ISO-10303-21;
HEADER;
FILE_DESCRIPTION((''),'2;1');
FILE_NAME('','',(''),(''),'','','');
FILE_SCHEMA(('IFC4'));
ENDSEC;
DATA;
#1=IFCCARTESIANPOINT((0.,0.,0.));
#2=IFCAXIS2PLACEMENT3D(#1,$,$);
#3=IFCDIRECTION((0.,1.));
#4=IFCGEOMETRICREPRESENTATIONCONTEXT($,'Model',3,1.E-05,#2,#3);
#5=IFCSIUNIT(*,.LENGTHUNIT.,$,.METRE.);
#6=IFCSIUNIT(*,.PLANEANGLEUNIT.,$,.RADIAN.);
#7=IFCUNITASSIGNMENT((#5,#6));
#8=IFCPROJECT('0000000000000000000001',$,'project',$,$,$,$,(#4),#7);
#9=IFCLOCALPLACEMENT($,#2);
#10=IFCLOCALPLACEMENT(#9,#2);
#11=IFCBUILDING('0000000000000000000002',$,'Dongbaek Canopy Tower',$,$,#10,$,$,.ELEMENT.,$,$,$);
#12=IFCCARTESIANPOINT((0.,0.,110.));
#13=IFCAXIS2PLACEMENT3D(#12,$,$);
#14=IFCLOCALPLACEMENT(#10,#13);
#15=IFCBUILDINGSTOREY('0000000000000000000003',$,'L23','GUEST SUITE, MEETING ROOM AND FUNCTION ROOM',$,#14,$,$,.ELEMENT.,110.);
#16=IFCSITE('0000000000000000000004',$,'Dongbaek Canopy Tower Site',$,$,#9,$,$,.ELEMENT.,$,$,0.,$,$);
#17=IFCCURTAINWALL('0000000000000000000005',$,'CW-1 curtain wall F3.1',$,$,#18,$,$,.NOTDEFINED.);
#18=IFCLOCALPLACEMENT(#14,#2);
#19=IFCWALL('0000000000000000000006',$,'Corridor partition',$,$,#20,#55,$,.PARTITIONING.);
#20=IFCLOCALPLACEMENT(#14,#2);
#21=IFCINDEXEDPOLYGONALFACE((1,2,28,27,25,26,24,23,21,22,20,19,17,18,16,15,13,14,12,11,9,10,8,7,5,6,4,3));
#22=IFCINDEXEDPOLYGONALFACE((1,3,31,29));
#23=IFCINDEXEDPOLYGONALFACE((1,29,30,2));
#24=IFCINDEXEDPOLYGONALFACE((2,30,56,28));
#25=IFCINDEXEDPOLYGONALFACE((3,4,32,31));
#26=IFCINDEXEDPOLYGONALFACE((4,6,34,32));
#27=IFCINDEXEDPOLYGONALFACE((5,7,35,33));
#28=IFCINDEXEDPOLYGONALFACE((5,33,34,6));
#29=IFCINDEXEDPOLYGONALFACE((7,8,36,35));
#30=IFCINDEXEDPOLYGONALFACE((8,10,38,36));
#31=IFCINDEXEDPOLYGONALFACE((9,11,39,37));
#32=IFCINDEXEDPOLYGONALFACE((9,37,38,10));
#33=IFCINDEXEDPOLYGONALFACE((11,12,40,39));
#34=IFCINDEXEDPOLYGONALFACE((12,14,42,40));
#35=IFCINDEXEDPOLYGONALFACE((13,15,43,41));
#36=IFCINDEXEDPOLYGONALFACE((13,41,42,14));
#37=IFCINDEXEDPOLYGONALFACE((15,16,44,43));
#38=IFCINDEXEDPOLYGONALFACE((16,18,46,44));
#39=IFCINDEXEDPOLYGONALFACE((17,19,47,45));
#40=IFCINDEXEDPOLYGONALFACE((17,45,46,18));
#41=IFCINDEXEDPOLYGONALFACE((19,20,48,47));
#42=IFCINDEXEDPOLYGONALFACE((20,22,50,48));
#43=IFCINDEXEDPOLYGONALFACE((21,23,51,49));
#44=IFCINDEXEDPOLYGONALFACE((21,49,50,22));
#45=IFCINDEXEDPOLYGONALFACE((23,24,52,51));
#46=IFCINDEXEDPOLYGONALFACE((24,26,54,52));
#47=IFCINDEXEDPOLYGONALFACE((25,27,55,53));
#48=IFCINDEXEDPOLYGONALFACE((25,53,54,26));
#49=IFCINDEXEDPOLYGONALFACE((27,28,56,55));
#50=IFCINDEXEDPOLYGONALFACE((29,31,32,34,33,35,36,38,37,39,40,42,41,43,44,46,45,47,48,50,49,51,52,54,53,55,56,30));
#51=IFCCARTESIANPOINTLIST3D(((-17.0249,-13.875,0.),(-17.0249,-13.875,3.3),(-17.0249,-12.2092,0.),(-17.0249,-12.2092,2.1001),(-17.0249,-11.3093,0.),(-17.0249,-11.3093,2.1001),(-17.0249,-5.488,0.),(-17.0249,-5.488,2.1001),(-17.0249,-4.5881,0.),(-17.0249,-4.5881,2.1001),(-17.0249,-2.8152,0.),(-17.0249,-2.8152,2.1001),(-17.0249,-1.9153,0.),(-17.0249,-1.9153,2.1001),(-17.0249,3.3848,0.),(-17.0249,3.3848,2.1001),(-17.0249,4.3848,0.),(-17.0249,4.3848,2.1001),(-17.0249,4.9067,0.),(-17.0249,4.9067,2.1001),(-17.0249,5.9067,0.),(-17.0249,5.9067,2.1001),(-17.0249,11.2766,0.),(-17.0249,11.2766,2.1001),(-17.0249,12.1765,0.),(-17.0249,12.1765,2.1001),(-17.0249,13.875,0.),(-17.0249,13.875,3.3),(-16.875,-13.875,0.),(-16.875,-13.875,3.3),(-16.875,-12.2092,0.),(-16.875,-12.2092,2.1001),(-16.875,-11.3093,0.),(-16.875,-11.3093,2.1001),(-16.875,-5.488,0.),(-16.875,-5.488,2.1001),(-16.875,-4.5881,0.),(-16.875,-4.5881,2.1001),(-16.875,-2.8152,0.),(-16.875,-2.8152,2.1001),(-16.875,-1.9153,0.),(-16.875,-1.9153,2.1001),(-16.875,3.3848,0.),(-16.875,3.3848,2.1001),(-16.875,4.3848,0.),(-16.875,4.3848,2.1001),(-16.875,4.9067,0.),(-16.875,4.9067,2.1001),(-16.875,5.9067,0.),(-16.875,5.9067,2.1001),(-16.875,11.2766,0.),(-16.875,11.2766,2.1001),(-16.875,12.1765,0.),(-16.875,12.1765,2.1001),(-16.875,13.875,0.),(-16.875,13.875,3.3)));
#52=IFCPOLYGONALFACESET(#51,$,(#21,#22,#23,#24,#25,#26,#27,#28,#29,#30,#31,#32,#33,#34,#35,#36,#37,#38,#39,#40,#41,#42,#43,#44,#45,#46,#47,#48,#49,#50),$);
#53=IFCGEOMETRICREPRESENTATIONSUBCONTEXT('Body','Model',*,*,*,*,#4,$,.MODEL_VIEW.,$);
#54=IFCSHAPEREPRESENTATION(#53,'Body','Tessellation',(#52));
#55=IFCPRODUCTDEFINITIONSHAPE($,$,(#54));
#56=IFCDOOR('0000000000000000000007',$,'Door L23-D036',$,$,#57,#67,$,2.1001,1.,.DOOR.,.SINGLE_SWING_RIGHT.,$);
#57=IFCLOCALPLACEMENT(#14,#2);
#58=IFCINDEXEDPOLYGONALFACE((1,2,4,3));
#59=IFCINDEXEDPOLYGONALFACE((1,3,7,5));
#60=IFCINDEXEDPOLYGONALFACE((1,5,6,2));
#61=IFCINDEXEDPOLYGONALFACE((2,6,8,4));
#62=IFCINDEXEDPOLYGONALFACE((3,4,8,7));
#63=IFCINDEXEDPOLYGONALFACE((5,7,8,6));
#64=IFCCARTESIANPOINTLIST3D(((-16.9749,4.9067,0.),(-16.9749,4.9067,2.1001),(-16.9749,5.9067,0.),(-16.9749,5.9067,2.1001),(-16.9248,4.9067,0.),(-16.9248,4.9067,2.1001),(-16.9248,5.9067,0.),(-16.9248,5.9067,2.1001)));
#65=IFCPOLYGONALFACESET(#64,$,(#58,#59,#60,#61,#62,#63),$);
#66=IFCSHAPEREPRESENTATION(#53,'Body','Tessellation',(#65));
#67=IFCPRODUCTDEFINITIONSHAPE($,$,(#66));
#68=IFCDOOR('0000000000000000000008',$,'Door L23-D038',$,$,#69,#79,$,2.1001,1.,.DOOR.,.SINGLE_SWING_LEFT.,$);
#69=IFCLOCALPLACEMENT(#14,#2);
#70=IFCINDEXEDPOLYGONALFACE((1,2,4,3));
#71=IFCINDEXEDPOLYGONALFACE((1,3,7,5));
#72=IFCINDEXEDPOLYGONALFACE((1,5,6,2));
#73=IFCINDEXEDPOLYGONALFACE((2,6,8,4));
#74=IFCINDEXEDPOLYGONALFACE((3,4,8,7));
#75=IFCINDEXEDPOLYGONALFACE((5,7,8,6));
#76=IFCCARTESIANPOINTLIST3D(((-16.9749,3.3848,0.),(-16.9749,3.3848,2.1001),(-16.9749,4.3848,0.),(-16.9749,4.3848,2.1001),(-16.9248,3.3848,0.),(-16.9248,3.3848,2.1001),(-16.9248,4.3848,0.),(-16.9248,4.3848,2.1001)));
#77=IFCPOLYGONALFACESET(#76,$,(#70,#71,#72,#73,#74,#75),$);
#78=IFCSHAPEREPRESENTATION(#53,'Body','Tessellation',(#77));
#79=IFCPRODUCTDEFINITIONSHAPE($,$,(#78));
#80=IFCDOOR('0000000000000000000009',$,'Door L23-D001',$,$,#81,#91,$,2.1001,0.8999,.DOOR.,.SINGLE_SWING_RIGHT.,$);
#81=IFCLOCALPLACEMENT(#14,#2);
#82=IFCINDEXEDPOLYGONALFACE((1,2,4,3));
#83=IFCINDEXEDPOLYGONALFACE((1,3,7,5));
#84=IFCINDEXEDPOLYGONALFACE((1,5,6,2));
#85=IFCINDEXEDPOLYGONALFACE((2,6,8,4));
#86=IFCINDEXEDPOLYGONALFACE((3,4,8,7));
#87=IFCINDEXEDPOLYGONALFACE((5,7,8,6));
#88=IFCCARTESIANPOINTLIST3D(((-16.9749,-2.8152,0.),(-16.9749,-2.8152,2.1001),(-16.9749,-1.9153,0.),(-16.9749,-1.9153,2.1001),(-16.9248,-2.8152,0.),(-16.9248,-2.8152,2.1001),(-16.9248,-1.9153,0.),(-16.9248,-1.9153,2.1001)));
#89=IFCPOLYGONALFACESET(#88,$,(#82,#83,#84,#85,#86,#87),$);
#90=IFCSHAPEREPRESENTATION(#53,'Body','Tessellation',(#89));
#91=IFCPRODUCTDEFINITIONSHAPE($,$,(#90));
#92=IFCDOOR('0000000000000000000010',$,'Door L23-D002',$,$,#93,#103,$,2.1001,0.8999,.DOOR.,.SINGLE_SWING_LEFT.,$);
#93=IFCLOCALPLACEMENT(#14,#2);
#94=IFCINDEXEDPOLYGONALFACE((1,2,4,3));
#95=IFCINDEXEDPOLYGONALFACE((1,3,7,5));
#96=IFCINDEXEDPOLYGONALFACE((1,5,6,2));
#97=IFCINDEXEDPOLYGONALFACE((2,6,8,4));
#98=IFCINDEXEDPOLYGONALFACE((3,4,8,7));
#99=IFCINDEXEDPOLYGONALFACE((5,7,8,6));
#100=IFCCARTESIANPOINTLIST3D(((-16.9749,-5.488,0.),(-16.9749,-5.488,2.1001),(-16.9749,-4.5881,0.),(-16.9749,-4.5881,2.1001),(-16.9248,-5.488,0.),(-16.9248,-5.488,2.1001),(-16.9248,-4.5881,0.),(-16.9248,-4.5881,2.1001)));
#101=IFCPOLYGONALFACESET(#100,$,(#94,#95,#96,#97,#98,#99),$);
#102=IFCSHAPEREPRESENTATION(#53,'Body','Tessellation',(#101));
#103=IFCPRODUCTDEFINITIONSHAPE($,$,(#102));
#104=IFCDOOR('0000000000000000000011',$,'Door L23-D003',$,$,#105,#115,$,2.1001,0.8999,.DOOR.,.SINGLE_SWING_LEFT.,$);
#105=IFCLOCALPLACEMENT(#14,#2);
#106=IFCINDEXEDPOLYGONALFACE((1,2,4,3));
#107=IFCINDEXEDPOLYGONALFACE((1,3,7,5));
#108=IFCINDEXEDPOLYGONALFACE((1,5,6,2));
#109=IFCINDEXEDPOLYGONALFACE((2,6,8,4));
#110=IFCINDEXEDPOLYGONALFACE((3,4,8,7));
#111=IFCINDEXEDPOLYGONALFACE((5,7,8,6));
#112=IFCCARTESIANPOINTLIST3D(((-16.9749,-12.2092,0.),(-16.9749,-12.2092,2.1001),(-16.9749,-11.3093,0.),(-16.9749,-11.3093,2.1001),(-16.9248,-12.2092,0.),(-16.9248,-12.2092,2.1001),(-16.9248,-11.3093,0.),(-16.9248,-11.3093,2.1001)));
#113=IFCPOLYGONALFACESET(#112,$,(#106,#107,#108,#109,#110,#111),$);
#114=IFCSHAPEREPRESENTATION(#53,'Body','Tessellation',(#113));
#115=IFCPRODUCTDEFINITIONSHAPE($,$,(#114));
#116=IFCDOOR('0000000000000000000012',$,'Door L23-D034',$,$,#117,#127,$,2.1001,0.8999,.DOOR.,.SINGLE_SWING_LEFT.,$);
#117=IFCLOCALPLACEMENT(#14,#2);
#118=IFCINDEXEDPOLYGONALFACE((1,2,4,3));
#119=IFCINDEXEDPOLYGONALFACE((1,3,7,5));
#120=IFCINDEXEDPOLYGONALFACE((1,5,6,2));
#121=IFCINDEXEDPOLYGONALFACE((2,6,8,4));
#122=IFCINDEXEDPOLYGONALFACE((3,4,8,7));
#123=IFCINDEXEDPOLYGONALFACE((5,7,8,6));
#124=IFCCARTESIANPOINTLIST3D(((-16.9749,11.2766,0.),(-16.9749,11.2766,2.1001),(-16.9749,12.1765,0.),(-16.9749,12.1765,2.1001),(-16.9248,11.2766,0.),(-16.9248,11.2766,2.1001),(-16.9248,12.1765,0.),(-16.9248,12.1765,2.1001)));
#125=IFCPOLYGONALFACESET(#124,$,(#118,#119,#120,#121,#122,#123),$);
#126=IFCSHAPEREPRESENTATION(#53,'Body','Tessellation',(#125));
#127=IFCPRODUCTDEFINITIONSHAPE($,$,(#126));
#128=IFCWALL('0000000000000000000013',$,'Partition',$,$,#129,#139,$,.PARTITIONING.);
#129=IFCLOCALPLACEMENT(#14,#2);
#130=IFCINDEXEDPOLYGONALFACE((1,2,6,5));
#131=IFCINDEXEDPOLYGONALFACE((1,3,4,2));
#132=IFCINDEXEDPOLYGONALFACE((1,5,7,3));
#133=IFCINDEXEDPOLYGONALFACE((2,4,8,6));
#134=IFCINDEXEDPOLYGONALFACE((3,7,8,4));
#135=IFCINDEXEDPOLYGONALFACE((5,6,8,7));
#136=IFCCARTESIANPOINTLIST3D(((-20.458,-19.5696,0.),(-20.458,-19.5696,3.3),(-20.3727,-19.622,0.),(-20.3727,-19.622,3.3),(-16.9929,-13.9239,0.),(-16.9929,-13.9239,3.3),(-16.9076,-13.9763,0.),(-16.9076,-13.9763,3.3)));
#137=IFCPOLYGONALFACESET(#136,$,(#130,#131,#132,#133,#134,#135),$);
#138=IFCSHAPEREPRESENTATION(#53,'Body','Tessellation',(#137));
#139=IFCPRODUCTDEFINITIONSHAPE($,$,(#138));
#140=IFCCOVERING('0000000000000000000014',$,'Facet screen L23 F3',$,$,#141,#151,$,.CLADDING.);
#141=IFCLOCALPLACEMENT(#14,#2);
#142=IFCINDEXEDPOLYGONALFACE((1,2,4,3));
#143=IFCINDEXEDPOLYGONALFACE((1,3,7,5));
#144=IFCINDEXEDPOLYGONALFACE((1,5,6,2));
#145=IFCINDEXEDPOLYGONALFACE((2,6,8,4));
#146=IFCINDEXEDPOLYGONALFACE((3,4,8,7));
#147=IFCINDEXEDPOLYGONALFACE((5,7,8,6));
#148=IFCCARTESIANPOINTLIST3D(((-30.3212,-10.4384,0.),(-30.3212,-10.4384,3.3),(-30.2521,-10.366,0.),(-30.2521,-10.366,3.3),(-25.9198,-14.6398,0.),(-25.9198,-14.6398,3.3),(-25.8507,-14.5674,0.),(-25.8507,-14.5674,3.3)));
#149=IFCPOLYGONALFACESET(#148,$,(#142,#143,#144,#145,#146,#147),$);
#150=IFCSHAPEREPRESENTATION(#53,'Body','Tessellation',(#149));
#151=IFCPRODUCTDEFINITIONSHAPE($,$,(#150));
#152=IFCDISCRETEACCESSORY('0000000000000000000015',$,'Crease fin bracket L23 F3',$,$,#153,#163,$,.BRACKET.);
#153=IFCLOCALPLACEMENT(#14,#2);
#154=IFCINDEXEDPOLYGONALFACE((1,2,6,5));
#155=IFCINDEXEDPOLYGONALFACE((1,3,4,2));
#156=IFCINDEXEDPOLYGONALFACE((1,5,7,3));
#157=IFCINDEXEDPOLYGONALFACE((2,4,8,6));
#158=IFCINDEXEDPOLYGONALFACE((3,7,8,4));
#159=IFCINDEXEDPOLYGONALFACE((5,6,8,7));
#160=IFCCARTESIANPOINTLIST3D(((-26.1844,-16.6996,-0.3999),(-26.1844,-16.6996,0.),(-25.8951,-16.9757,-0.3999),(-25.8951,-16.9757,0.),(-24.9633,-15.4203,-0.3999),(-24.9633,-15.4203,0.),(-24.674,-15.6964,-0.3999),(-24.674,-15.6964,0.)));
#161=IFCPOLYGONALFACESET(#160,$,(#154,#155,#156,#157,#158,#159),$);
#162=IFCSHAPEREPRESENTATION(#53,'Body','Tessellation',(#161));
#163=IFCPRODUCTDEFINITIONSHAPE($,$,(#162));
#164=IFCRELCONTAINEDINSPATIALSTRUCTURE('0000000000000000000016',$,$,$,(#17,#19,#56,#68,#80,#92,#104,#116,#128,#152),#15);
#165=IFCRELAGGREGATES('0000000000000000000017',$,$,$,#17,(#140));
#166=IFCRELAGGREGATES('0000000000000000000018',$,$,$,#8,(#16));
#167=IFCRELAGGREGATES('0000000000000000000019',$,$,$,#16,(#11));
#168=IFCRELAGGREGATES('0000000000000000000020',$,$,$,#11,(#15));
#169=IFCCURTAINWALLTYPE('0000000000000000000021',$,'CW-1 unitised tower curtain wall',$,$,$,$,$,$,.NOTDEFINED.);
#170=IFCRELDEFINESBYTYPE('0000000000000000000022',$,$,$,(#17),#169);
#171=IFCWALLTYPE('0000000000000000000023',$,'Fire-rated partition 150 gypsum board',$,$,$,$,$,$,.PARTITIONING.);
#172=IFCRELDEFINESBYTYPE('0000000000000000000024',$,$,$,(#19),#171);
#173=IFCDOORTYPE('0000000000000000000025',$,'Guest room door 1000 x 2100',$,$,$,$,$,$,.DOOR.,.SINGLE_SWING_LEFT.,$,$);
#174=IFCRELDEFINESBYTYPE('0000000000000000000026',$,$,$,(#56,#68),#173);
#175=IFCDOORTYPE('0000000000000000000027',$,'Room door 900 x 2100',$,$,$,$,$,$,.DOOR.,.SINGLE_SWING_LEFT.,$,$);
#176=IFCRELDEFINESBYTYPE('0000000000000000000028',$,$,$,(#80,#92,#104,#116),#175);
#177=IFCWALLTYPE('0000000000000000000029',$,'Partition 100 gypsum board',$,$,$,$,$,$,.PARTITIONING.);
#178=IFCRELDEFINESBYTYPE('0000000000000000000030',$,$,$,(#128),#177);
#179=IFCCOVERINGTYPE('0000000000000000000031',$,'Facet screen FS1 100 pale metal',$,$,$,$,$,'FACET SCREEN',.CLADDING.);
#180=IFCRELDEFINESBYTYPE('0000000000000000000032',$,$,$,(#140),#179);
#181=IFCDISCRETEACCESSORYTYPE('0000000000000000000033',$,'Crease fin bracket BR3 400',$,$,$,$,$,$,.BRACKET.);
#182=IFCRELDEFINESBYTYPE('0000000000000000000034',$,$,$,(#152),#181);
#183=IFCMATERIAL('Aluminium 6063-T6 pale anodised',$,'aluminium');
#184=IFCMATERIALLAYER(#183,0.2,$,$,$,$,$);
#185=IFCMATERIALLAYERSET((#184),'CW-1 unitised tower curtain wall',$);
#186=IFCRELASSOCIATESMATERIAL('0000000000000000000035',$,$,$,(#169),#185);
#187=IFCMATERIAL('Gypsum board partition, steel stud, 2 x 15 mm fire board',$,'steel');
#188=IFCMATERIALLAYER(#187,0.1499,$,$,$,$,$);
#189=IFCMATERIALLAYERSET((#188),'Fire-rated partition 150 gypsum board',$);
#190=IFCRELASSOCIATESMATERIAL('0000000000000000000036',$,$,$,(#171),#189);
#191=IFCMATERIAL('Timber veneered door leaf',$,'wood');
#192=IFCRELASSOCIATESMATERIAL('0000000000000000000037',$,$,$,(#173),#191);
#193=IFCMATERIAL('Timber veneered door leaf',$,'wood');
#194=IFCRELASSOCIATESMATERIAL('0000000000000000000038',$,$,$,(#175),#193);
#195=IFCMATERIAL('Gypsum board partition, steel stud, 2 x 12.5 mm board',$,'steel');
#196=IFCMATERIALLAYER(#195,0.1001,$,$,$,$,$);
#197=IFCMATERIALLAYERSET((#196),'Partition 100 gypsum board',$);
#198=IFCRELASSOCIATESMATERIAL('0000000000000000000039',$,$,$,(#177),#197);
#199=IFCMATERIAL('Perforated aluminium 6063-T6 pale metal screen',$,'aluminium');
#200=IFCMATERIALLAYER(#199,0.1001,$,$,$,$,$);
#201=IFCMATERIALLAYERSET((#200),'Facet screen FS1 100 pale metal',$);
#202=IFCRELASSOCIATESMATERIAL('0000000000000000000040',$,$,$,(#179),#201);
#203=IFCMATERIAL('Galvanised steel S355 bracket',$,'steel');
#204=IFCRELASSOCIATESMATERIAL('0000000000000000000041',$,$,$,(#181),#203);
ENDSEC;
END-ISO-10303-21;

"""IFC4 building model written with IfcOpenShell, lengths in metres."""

from ifc_helpers import new_model, si_unit, direction, frame, frame_2d, origin, origin_2d, place, context, subcontext, project, spatial, rectangle, extrude, material, layer, layer_set, type_object, element, fill, aggregate, save


model = new_model("IFC4")

# Units and contexts
model_context = context("Model", 3, precision=1e-05, world=origin(), true_north=direction((0.0, 1.0)))
body_context = subcontext(model_context, "Body", "Model", "MODEL_VIEW")
ifc_project = project(units=[si_unit("LENGTHUNIT", "METRE"), si_unit("PLANEANGLEUNIT", "RADIAN")], contexts=[model_context])

# Site, building, storey
site_placement = place(None, origin())
site = spatial("IfcSite", under=ifc_project, at=site_placement, Name="Dongbaek Canopy Tower Site", CompositionType="ELEMENT", RefElevation=0.0)
building_placement = place(site_placement, origin())
building = spatial("IfcBuilding", under=site, at=building_placement, Name="Dongbaek Canopy Tower", CompositionType="ELEMENT")
storey_placement = place(building_placement, frame((0.0, 0.0, 110.0)))
storey = spatial("IfcBuildingStorey", under=building, at=storey_placement, Name="L23", Description="GUEST SUITE, MEETING ROOM AND FUNCTION ROOM", CompositionType="ELEMENT", Elevation=110.0)

# Curtain wall
ifc_material_1 = material(Name="Aluminium 6063-T6 pale anodised", Category="aluminium")
ifc_layer_1 = layer(ifc_material_1, 0.2)
ifc_layer_set_1 = layer_set([ifc_layer_1], Name="CW-1 unitised tower curtain wall")
curtain_wall_type = type_object("IfcCurtainWallType", Name="CW-1 unitised tower curtain wall", PredefinedType="NOTDEFINED", material=ifc_layer_set_1)
curtain_wall_placement = place(storey_placement, origin())
curtain_wall = element("IfcCurtainWall", 1, at=curtain_wall_placement, inside=storey, type_object=curtain_wall_type, Name="CW-1 curtain wall F3.1", PredefinedType="NOTDEFINED")

# Wall, openings, doors
ifc_material_2 = material(Name="Gypsum board partition, steel stud, 2 x 15 mm fire board", Category="steel")
ifc_layer_2 = layer(ifc_material_2, 0.1499)
ifc_layer_set_2 = layer_set([ifc_layer_2], Name="Fire-rated partition 150 gypsum board")
wall_type_1 = type_object("IfcWallType", Name="Fire-rated partition 150 gypsum board", PredefinedType="PARTITIONING", material=ifc_layer_set_2)
wall_1_placement = place(storey_placement, frame((-16.95, -13.875, 0.0), z_axis=(0.0, 0.0, 1.0), x_axis=(0.0, 1.0, 0.0)))
wall_1 = element("IfcWall", 2, at=wall_1_placement, inside=storey, type_object=wall_type_1, Name="Corridor partition", PredefinedType="PARTITIONING", context=body_context, shape_type="SweptSolid", body=[
    extrude(rectangle(XDim=27.75, YDim=0.1499, at=frame_2d((13.875, 0.0))), origin(), (0.0, 0.0, 1.0), 3.3),
])
opening_1_placement = place(wall_1_placement, frame((11.0598, 0.0, 0.0)))
opening_1 = element("IfcOpeningElement", 3, at=opening_1_placement, cuts=wall_1, PredefinedType="OPENING", context=body_context, shape_type="SweptSolid", body=[
    extrude(rectangle(XDim=0.8999, YDim=2.1001, at=frame_2d((0.45, 1.05))), frame((0.0, 0.085, 0.0), z_axis=(0.0, -1.0, 0.0), x_axis=(1.0, 0.0, 0.0)), (0.0, 0.0, 1.0), 0.1699),
])
opening_2_placement = place(wall_1_placement, frame((8.387, 0.0, 0.0)))
opening_2 = element("IfcOpeningElement", 4, at=opening_2_placement, cuts=wall_1, PredefinedType="OPENING", context=body_context, shape_type="SweptSolid", body=[
    extrude(rectangle(XDim=0.8999, YDim=2.1001, at=frame_2d((0.45, 1.05))), frame((0.0, 0.085, 0.0), z_axis=(0.0, -1.0, 0.0), x_axis=(1.0, 0.0, 0.0)), (0.0, 0.0, 1.0), 0.1699),
])
opening_3_placement = place(wall_1_placement, frame((1.6658, 0.0, 0.0)))
opening_3 = element("IfcOpeningElement", 5, at=opening_3_placement, cuts=wall_1, PredefinedType="OPENING", context=body_context, shape_type="SweptSolid", body=[
    extrude(rectangle(XDim=0.8999, YDim=2.1001, at=frame_2d((0.45, 1.05))), frame((0.0, 0.085, 0.0), z_axis=(0.0, -1.0, 0.0), x_axis=(1.0, 0.0, 0.0)), (0.0, 0.0, 1.0), 0.1699),
])
opening_4_placement = place(wall_1_placement, frame((25.1516, 0.0, 0.0)))
opening_4 = element("IfcOpeningElement", 6, at=opening_4_placement, cuts=wall_1, PredefinedType="OPENING", context=body_context, shape_type="SweptSolid", body=[
    extrude(rectangle(XDim=0.8999, YDim=2.1001, at=frame_2d((0.45, 1.05))), frame((0.0, 0.085, 0.0), z_axis=(0.0, -1.0, 0.0), x_axis=(1.0, 0.0, 0.0)), (0.0, 0.0, 1.0), 0.1699),
])
opening_5_placement = place(wall_1_placement, frame((18.7817, 0.0, 0.0)))
opening_5 = element("IfcOpeningElement", 7, at=opening_5_placement, cuts=wall_1, PredefinedType="OPENING", context=body_context, shape_type="SweptSolid", body=[
    extrude(rectangle(XDim=1.0, YDim=2.1001, at=frame_2d((0.5, 1.05))), frame((0.0, 0.085, 0.0), z_axis=(0.0, -1.0, 0.0), x_axis=(1.0, 0.0, 0.0)), (0.0, 0.0, 1.0), 0.1699),
])
opening_6_placement = place(wall_1_placement, frame((17.2598, 0.0, 0.0)))
opening_6 = element("IfcOpeningElement", 8, at=opening_6_placement, cuts=wall_1, PredefinedType="OPENING", context=body_context, shape_type="SweptSolid", body=[
    extrude(rectangle(XDim=1.0, YDim=2.1001, at=frame_2d((0.5, 1.05))), frame((0.0, 0.085, 0.0), z_axis=(0.0, -1.0, 0.0), x_axis=(1.0, 0.0, 0.0)), (0.0, 0.0, 1.0), 0.1699),
])
ifc_material_3 = material(Name="Timber veneered door leaf", Category="wood")
door_type_1 = type_object("IfcDoorType", Name="Guest room door 1000 x 2100", OperationType="SINGLE_SWING_LEFT", PredefinedType="DOOR", material=ifc_material_3)
door_1_placement = place(opening_5_placement, origin())
door_1 = element("IfcDoor", 9, at=door_1_placement, inside=storey, type_object=door_type_1, Name="Door L23-D036", OperationType="SINGLE_SWING_RIGHT", OverallHeight=2.1001, OverallWidth=1.0, PredefinedType="DOOR", context=body_context, shape_type="SweptSolid", body=[
    extrude(rectangle(XDim=1.0, YDim=2.1001, at=frame_2d((0.5, 1.05))), frame((0.0, 0.0249, 0.0), z_axis=(0.0, -1.0, 0.0), x_axis=(1.0, 0.0, 0.0)), (0.0, 0.0, 1.0), 0.05),
])
fill(opening_5, door_1)
door_2_placement = place(opening_6_placement, origin())
door_2 = element("IfcDoor", 10, at=door_2_placement, inside=storey, type_object=door_type_1, Name="Door L23-D038", OperationType="SINGLE_SWING_LEFT", OverallHeight=2.1001, OverallWidth=1.0, PredefinedType="DOOR", context=body_context, shape_type="SweptSolid", body=[
    extrude(rectangle(XDim=1.0, YDim=2.1001, at=frame_2d((0.5, 1.05))), frame((0.0, 0.0249, 0.0), z_axis=(0.0, -1.0, 0.0), x_axis=(1.0, 0.0, 0.0)), (0.0, 0.0, 1.0), 0.05),
])
fill(opening_6, door_2)
ifc_material_4 = material(Name="Timber veneered door leaf", Category="wood")
door_type_2 = type_object("IfcDoorType", Name="Room door 900 x 2100", OperationType="SINGLE_SWING_LEFT", PredefinedType="DOOR", material=ifc_material_4)
door_3_placement = place(opening_1_placement, origin())
door_3 = element("IfcDoor", 11, at=door_3_placement, inside=storey, type_object=door_type_2, Name="Door L23-D001", OperationType="SINGLE_SWING_RIGHT", OverallHeight=2.1001, OverallWidth=0.8999, PredefinedType="DOOR", context=body_context, shape_type="SweptSolid", body=[
    extrude(rectangle(XDim=0.8999, YDim=2.1001, at=frame_2d((0.45, 1.05))), frame((0.0, 0.0249, 0.0), z_axis=(0.0, -1.0, 0.0), x_axis=(1.0, 0.0, 0.0)), (0.0, 0.0, 1.0), 0.05),
])
fill(opening_1, door_3)
door_4_placement = place(opening_2_placement, origin())
door_4 = element("IfcDoor", 12, at=door_4_placement, inside=storey, type_object=door_type_2, Name="Door L23-D002", OperationType="SINGLE_SWING_LEFT", OverallHeight=2.1001, OverallWidth=0.8999, PredefinedType="DOOR", context=body_context, shape_type="SweptSolid", body=[
    extrude(rectangle(XDim=0.8999, YDim=2.1001, at=frame_2d((0.45, 1.05))), frame((0.0, 0.0249, 0.0), z_axis=(0.0, -1.0, 0.0), x_axis=(1.0, 0.0, 0.0)), (0.0, 0.0, 1.0), 0.05),
])
fill(opening_2, door_4)
door_5_placement = place(opening_3_placement, origin())
door_5 = element("IfcDoor", 13, at=door_5_placement, inside=storey, type_object=door_type_2, Name="Door L23-D003", OperationType="SINGLE_SWING_LEFT", OverallHeight=2.1001, OverallWidth=0.8999, PredefinedType="DOOR", context=body_context, shape_type="SweptSolid", body=[
    extrude(rectangle(XDim=0.8999, YDim=2.1001, at=frame_2d((0.45, 1.05))), frame((0.0, 0.0249, 0.0), z_axis=(0.0, -1.0, 0.0), x_axis=(1.0, 0.0, 0.0)), (0.0, 0.0, 1.0), 0.05),
])
fill(opening_3, door_5)
door_6_placement = place(opening_4_placement, origin())
door_6 = element("IfcDoor", 14, at=door_6_placement, inside=storey, type_object=door_type_2, Name="Door L23-D034", OperationType="SINGLE_SWING_LEFT", OverallHeight=2.1001, OverallWidth=0.8999, PredefinedType="DOOR", context=body_context, shape_type="SweptSolid", body=[
    extrude(rectangle(XDim=0.8999, YDim=2.1001, at=frame_2d((0.45, 1.05))), frame((0.0, 0.0249, 0.0), z_axis=(0.0, -1.0, 0.0), x_axis=(1.0, 0.0, 0.0)), (0.0, 0.0, 1.0), 0.05),
])
fill(opening_4, door_6)

# Wall
ifc_material_5 = material(Name="Gypsum board partition, steel stud, 2 x 12.5 mm board", Category="steel")
ifc_layer_3 = layer(ifc_material_5, 0.1001)
ifc_layer_set_3 = layer_set([ifc_layer_3], Name="Partition 100 gypsum board")
wall_type_2 = type_object("IfcWallType", Name="Partition 100 gypsum board", PredefinedType="PARTITIONING", material=ifc_layer_set_3)
wall_2_placement = place(storey_placement, frame((-20.4153, -19.5957, 0.0), z_axis=(0.0, 0.0, 1.0), x_axis=(0.523087, 0.852279, 0.0)))
element("IfcWall", 15, at=wall_2_placement, inside=storey, type_object=wall_type_2, Name="Partition", PredefinedType="PARTITIONING", context=body_context, shape_type="SweptSolid", body=[
    extrude(rectangle(XDim=6.6243, YDim=0.1001, at=frame_2d((3.312, 0.0))), origin(), (0.0, 0.0, 1.0), 3.3),
])

# Covering
ifc_material_6 = material(Name="Perforated aluminium 6063-T6 pale metal screen", Category="aluminium")
ifc_layer_4 = layer(ifc_material_6, 0.1001)
ifc_layer_set_4 = layer_set([ifc_layer_4], Name="Facet screen FS1 100 pale metal")
covering_type = type_object("IfcCoveringType", Name="Facet screen FS1 100 pale metal", ElementType="FACET SCREEN", PredefinedType="CLADDING", material=ifc_layer_set_4)
covering_placement = place(storey_placement, frame((-28.0859, -12.5029, 0.0), z_axis=(0.0, 0.0, 1.0), x_axis=(0.723349, -0.690482, 0.0)))
covering = element("IfcCovering", 16, at=covering_placement, type_object=covering_type, Name="Facet screen L23 F3", PredefinedType="CLADDING", context=body_context, shape_type="SweptSolid", body=[
    extrude(rectangle(XDim=6.0847, YDim=0.1001, at=origin_2d()), origin(), (0.0, 0.0, 1.0), 3.3),
])
aggregate(curtain_wall, [covering])

# Discrete accessory
ifc_material_7 = material(Name="Galvanised steel S355 bracket", Category="steel")
discrete_accessory_type = type_object("IfcDiscreteAccessoryType", Name="Crease fin bracket BR3 400", PredefinedType="BRACKET", material=ifc_material_7)
discrete_accessory_placement = place(storey_placement, frame((-25.4292, -16.198, -0.3999), z_axis=(0.0, 0.0, 1.0), x_axis=(-0.690482, -0.723349, 0.0)))
element("IfcDiscreteAccessory", 17, at=discrete_accessory_placement, inside=storey, type_object=discrete_accessory_type, Name="Crease fin bracket L23 F3", PredefinedType="BRACKET", context=body_context, shape_type="SweptSolid", body=[
    extrude(rectangle(XDim=1.7686, YDim=0.3999, at=origin_2d()), origin(), (0.0, 0.0, 1.0), 0.3999),
])

save(model, "model.ifc")
